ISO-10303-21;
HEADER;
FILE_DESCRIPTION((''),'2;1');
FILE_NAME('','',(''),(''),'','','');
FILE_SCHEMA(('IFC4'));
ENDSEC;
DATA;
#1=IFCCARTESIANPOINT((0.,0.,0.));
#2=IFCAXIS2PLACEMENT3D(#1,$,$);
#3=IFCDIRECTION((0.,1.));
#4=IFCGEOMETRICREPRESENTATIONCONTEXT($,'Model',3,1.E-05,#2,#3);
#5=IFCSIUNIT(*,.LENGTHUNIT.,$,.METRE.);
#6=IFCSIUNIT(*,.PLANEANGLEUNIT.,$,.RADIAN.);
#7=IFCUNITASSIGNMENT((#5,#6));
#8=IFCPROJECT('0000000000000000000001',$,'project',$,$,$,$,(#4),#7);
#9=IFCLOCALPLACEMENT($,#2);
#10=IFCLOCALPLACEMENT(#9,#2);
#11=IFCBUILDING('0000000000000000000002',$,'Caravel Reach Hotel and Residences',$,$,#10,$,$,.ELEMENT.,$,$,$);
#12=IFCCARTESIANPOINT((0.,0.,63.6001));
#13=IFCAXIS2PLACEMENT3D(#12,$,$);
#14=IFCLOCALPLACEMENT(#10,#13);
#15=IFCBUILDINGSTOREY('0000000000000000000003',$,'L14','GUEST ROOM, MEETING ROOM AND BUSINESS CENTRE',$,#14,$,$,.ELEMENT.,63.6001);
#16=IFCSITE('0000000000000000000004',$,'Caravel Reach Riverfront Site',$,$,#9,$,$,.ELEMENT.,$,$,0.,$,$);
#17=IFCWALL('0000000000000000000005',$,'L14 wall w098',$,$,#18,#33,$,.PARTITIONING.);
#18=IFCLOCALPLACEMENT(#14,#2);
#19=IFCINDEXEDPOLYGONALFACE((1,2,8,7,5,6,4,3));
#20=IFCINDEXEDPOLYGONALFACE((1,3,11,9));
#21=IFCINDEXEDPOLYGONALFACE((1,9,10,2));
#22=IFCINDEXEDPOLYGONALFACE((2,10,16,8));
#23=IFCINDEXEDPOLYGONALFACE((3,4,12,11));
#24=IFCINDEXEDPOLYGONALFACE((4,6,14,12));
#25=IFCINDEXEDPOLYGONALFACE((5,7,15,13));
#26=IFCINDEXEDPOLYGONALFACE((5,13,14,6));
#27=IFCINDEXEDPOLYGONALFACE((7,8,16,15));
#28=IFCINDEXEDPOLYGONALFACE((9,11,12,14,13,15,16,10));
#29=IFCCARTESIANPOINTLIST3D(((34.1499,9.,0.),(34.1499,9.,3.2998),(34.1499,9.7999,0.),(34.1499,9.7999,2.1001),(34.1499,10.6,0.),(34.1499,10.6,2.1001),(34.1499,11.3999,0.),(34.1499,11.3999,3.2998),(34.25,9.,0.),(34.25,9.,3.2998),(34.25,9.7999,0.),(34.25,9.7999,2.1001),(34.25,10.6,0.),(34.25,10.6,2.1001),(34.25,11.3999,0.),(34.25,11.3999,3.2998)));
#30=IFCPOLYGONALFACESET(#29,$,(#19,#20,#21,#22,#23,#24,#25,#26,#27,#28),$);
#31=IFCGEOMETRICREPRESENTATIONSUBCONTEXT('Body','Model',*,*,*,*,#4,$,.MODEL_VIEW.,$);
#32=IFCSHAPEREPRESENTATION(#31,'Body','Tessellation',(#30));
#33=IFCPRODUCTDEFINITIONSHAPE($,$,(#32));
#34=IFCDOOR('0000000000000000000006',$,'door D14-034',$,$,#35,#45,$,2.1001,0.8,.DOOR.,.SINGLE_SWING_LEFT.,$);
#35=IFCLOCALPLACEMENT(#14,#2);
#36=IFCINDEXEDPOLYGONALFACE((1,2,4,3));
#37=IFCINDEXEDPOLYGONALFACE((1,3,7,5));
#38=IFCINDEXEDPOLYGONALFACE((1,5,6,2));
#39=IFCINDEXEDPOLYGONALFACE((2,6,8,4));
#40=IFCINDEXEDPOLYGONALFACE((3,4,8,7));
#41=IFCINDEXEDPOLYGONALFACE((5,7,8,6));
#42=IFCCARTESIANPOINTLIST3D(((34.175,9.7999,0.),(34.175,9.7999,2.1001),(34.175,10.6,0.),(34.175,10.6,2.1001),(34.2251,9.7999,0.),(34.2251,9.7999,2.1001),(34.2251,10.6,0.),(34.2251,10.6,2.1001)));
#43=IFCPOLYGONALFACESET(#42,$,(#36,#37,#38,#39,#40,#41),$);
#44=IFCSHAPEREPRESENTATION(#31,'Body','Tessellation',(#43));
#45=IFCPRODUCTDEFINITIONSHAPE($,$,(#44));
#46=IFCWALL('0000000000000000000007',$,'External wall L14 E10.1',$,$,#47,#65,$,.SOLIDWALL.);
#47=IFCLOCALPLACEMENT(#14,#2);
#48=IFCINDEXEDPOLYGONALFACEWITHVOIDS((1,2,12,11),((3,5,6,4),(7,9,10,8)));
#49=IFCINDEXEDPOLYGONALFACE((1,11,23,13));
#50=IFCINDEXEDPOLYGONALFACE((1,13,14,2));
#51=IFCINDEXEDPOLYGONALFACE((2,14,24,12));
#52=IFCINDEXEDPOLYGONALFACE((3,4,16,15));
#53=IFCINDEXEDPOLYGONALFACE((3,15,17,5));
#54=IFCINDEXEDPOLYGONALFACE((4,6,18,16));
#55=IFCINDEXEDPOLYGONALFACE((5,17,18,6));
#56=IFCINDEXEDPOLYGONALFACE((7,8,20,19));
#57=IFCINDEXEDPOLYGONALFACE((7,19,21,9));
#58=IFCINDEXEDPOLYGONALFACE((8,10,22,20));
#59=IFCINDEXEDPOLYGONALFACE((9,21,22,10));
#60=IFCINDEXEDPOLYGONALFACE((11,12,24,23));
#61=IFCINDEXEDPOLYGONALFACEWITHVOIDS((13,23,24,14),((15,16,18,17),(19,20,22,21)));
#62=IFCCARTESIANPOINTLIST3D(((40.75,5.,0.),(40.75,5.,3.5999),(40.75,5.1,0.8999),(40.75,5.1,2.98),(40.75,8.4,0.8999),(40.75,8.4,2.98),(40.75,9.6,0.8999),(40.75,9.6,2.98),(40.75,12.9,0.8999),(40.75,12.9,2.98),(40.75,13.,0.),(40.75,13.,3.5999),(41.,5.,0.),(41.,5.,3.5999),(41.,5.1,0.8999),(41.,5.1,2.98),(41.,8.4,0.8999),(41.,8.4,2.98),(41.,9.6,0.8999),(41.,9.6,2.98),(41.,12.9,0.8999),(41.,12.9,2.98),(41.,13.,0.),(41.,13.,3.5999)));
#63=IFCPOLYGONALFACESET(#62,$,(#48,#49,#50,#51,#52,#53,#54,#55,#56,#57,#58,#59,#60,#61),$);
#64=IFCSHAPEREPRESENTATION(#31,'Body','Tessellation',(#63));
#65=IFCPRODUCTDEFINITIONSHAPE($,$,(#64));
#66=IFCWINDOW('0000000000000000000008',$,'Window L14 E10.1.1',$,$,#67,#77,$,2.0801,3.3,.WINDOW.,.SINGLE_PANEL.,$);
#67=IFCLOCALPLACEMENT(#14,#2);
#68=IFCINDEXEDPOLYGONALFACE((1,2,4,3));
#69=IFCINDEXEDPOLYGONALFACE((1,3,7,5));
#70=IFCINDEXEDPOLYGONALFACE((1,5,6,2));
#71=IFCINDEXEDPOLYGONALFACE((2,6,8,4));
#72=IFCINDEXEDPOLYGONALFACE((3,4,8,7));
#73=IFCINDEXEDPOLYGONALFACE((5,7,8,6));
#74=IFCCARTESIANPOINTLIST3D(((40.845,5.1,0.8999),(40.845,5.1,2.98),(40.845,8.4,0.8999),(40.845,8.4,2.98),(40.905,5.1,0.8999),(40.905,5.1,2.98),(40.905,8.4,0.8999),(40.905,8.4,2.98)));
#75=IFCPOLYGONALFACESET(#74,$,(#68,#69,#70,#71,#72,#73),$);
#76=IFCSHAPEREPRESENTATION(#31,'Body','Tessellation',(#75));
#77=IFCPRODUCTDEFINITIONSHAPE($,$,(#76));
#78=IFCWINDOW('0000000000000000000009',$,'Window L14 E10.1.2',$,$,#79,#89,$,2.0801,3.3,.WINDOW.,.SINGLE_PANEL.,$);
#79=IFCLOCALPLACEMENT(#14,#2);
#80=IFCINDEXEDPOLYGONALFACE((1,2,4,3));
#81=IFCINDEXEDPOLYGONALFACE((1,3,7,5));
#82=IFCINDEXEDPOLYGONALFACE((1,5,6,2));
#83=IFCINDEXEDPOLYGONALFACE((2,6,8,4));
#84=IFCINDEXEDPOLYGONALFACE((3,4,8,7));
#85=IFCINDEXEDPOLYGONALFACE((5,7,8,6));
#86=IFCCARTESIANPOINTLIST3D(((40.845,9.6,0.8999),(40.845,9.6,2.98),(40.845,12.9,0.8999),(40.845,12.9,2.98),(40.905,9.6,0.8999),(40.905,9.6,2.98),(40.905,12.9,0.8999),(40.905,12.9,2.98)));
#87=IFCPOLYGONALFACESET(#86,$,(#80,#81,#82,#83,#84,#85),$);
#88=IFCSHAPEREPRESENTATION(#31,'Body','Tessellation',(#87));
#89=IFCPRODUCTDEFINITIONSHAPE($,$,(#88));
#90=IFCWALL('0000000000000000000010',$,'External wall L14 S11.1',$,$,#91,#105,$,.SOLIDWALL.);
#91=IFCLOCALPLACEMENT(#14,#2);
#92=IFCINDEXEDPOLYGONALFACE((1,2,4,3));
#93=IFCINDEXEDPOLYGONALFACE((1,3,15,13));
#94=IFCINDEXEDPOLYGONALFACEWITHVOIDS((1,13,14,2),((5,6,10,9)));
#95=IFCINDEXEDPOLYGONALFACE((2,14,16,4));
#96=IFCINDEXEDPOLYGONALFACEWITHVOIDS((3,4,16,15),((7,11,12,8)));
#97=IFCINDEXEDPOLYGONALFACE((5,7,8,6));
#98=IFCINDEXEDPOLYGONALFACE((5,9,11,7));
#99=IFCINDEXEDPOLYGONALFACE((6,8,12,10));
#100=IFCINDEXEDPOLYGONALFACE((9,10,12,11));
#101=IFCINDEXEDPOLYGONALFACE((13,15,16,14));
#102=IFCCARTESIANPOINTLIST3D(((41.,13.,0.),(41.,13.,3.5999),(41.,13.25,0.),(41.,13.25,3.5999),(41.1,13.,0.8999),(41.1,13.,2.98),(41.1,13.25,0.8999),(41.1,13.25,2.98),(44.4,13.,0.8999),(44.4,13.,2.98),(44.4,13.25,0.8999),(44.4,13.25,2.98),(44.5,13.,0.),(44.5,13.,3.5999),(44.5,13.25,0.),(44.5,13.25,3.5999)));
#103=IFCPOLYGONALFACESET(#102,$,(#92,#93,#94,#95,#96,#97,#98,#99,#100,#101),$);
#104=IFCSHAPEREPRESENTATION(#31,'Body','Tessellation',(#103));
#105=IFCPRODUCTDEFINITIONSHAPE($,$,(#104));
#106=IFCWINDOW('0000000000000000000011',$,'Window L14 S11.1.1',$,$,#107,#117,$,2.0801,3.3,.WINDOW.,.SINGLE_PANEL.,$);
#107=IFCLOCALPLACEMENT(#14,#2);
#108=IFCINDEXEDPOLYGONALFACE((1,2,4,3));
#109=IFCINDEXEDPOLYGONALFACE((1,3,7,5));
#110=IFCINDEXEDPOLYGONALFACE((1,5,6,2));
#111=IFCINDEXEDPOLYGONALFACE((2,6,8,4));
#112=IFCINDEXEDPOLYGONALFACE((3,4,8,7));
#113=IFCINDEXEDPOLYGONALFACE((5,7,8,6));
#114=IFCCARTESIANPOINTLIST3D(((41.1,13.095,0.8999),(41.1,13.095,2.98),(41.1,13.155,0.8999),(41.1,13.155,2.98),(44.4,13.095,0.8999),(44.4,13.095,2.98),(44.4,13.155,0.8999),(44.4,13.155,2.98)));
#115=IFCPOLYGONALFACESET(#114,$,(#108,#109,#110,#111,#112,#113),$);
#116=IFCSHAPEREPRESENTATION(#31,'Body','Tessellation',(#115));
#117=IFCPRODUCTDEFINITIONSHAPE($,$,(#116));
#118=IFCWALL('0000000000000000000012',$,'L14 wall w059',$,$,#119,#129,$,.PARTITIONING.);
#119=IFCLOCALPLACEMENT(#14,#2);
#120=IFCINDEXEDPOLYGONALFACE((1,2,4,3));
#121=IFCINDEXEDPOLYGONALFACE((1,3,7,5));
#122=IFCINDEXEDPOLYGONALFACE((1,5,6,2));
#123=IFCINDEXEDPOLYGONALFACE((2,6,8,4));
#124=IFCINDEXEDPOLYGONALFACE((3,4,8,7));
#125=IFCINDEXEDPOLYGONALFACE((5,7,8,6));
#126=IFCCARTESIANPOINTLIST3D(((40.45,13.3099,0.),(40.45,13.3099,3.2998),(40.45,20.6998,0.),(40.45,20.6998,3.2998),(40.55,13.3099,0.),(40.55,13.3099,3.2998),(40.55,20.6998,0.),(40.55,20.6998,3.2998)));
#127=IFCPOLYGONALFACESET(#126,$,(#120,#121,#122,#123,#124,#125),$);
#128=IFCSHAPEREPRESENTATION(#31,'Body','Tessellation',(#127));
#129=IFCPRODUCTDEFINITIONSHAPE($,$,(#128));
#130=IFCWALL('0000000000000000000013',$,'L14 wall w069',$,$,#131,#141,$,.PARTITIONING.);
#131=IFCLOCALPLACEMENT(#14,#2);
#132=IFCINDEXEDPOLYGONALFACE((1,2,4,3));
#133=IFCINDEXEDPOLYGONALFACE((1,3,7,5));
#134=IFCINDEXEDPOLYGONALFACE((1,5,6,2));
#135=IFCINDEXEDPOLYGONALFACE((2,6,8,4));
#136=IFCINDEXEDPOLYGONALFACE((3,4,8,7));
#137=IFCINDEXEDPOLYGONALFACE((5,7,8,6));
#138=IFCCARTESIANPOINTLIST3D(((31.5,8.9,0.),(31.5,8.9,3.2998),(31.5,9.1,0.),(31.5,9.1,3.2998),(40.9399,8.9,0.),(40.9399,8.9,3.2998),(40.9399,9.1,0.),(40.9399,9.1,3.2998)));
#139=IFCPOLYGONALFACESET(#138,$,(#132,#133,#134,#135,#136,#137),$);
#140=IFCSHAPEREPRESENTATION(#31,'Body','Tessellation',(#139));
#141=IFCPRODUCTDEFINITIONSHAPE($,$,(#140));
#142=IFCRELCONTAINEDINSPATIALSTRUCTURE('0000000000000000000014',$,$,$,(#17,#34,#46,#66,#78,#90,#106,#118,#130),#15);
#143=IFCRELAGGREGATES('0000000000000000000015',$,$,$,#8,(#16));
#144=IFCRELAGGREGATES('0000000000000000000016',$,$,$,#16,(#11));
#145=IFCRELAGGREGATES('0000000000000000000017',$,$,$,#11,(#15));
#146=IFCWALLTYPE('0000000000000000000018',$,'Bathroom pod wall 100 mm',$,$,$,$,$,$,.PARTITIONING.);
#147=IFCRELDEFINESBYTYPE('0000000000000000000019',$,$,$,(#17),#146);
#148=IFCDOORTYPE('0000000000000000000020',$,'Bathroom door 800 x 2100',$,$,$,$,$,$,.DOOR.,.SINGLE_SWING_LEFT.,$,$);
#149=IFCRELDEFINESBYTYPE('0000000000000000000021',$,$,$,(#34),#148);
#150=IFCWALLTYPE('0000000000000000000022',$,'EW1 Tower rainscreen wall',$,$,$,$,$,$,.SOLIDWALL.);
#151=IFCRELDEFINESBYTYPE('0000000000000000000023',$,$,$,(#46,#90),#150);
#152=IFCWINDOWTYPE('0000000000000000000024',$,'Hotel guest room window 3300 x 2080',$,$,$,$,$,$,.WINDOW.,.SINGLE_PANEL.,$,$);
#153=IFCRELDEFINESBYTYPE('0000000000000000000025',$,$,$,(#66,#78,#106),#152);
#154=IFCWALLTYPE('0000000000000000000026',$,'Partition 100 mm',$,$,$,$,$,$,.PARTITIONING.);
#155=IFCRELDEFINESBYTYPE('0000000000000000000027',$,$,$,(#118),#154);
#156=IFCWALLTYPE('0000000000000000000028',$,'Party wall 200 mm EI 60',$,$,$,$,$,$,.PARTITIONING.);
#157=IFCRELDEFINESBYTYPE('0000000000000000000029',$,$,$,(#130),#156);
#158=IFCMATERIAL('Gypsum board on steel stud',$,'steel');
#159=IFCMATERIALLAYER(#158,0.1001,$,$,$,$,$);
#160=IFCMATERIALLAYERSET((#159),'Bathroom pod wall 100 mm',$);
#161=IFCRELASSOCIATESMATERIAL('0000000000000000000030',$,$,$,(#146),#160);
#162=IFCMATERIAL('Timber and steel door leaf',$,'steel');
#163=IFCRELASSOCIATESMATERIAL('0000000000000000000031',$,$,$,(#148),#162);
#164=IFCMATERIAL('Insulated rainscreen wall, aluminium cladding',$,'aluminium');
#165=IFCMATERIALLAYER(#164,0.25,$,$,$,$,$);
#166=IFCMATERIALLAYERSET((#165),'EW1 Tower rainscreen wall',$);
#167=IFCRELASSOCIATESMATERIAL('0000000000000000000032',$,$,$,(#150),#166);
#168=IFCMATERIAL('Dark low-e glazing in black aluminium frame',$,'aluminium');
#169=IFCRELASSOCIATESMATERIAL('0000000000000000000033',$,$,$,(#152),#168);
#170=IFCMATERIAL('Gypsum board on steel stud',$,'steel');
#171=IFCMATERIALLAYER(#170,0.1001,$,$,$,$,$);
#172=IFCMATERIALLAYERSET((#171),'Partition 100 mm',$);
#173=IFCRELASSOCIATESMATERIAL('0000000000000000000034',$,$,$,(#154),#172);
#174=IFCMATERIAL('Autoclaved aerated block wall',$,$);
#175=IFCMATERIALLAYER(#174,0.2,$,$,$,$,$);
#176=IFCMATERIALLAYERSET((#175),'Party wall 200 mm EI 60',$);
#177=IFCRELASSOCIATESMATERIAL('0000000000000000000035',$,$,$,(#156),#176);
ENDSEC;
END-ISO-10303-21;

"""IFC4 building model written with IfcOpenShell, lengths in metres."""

from ifc_helpers import new_model, si_unit, direction, frame, frame_2d, origin, place, context, subcontext, project, spatial, rectangle, extrude, material, layer, layer_set, type_object, element, fill, save


model = new_model("IFC4")

# Units and contexts
model_context = context("Model", 3, precision=1e-05, world=origin(), true_north=direction((0.0, 1.0)))
body_context = subcontext(model_context, "Body", "Model", "MODEL_VIEW")
ifc_project = project(units=[si_unit("LENGTHUNIT", "METRE"), si_unit("PLANEANGLEUNIT", "RADIAN")], contexts=[model_context])

# Site, building, storey
site_placement = place(None, origin())
site = spatial("IfcSite", under=ifc_project, at=site_placement, Name="Caravel Reach Riverfront Site", CompositionType="ELEMENT", RefElevation=0.0)
building_placement = place(site_placement, origin())
building = spatial("IfcBuilding", under=site, at=building_placement, Name="Caravel Reach Hotel and Residences", CompositionType="ELEMENT")
storey_placement = place(building_placement, frame((0.0, 0.0, 63.6001)))
storey = spatial("IfcBuildingStorey", under=building, at=storey_placement, Name="L14", Description="GUEST ROOM, MEETING ROOM AND BUSINESS CENTRE", CompositionType="ELEMENT", Elevation=63.6001)

# Shared definitions
ifc_material_1 = material(Name="Gypsum board on steel stud", Category="steel")
ifc_layer_1 = layer(ifc_material_1, 0.1001)
ifc_layer_set_1 = layer_set([ifc_layer_1], Name="Bathroom pod wall 100 mm")
wall_type_1 = type_object("IfcWallType", Name="Bathroom pod wall 100 mm", PredefinedType="PARTITIONING", material=ifc_layer_set_1)

# Wall, opening, door
wall_1_placement = place(storey_placement, frame((34.2, 9.0, 0.0), z_axis=(0.0, 0.0, 1.0), x_axis=(0.0, 1.0, 0.0)))
wall_1 = element("IfcWall", 1, at=wall_1_placement, inside=storey, type_object=wall_type_1, Name="L14 wall w098", PredefinedType="PARTITIONING", context=body_context, shape_type="SweptSolid", body=[
    extrude(rectangle(XDim=2.3999, YDim=0.1001, at=frame_2d((1.2, 0.0))), origin(), (0.0, 0.0, 1.0), 3.2998),
])
opening_1_placement = place(wall_1_placement, frame((0.8, 0.0, 0.0)))
opening_1 = element("IfcOpeningElement", 2, at=opening_1_placement, cuts=wall_1, PredefinedType="OPENING", context=body_context, shape_type="SweptSolid", body=[
    extrude(rectangle(XDim=0.8, YDim=2.1001, at=frame_2d((0.3999, 1.05))), frame((0.0, 0.0601, 0.0), z_axis=(0.0, -1.0, 0.0), x_axis=(1.0, 0.0, 0.0)), (0.0, 0.0, 1.0), 0.1201),
])
ifc_material_2 = material(Name="Timber and steel door leaf", Category="steel")
door_type = type_object("IfcDoorType", Name="Bathroom door 800 x 2100", OperationType="SINGLE_SWING_LEFT", PredefinedType="DOOR", material=ifc_material_2)
door_placement = place(opening_1_placement, origin())
door = element("IfcDoor", 3, at=door_placement, inside=storey, type_object=door_type, Name="door D14-034", OperationType="SINGLE_SWING_LEFT", OverallHeight=2.1001, OverallWidth=0.8, PredefinedType="DOOR", context=body_context, shape_type="SweptSolid", body=[
    extrude(rectangle(XDim=0.8, YDim=2.1001, at=frame_2d((0.3999, 1.05))), frame((0.0, 0.0249, 0.0), z_axis=(0.0, -1.0, 0.0), x_axis=(1.0, 0.0, 0.0)), (0.0, 0.0, 1.0), 0.05),
])
fill(opening_1, door)

# Wall, openings, windows
ifc_material_3 = material(Name="Insulated rainscreen wall, aluminium cladding", Category="aluminium")
ifc_layer_2 = layer(ifc_material_3, 0.25)
ifc_layer_set_2 = layer_set([ifc_layer_2], Name="EW1 Tower rainscreen wall")
wall_type_2 = type_object("IfcWallType", Name="EW1 Tower rainscreen wall", PredefinedType="SOLIDWALL", material=ifc_layer_set_2)
wall_2_placement = place(storey_placement, frame((40.875, 5.0, 0.0), z_axis=(0.0, 0.0, 1.0), x_axis=(0.0, 1.0, 0.0)))
wall_2 = element("IfcWall", 4, at=wall_2_placement, inside=storey, type_object=wall_type_2, Name="External wall L14 E10.1", PredefinedType="SOLIDWALL", context=body_context, shape_type="SweptSolid", body=[
    extrude(rectangle(XDim=8.0, YDim=0.25, at=frame_2d((4.0, 0.0))), origin(), (0.0, 0.0, 1.0), 3.5999),
])
opening_2_placement = place(wall_2_placement, frame((0.1001, 0.0, 0.8999)))
opening_2 = element("IfcOpeningElement", 5, at=opening_2_placement, cuts=wall_2, PredefinedType="OPENING", context=body_context, shape_type="SweptSolid", body=[
    extrude(rectangle(XDim=3.3, YDim=2.0801, at=frame_2d((1.6499, 1.04))), frame((0.0, 0.135, 0.0), z_axis=(0.0, -1.0, 0.0), x_axis=(1.0, 0.0, 0.0)), (0.0, 0.0, 1.0), 0.27),
])
opening_3_placement = place(wall_2_placement, frame((4.6001, 0.0, 0.8999)))
opening_3 = element("IfcOpeningElement", 6, at=opening_3_placement, cuts=wall_2, PredefinedType="OPENING", context=body_context, shape_type="SweptSolid", body=[
    extrude(rectangle(XDim=3.3, YDim=2.0801, at=frame_2d((1.6499, 1.04))), frame((0.0, 0.135, 0.0), z_axis=(0.0, -1.0, 0.0), x_axis=(1.0, 0.0, 0.0)), (0.0, 0.0, 1.0), 0.27),
])
ifc_material_4 = material(Name="Dark low-e glazing in black aluminium frame", Category="aluminium")
window_type = type_object("IfcWindowType", Name="Hotel guest room window 3300 x 2080", PartitioningType="SINGLE_PANEL", PredefinedType="WINDOW", material=ifc_material_4)
window_1_placement = place(opening_2_placement, origin())
window_1 = element("IfcWindow", 7, at=window_1_placement, inside=storey, type_object=window_type, Name="Window L14 E10.1.1", OverallHeight=2.0801, OverallWidth=3.3, PartitioningType="SINGLE_PANEL", PredefinedType="WINDOW", context=body_context, shape_type="SweptSolid", body=[
    extrude(rectangle(XDim=3.3, YDim=2.0801, at=frame_2d((1.6499, 1.04))), frame((0.0, 0.03, 0.0), z_axis=(0.0, -1.0, 0.0), x_axis=(1.0, 0.0, 0.0)), (0.0, 0.0, 1.0), 0.0601),
])
fill(opening_2, window_1)
window_2_placement = place(opening_3_placement, origin())
window_2 = element("IfcWindow", 8, at=window_2_placement, inside=storey, type_object=window_type, Name="Window L14 E10.1.2", OverallHeight=2.0801, OverallWidth=3.3, PartitioningType="SINGLE_PANEL", PredefinedType="WINDOW", context=body_context, shape_type="SweptSolid", body=[
    extrude(rectangle(XDim=3.3, YDim=2.0801, at=frame_2d((1.6499, 1.04))), frame((0.0, 0.03, 0.0), z_axis=(0.0, -1.0, 0.0), x_axis=(1.0, 0.0, 0.0)), (0.0, 0.0, 1.0), 0.0601),
])
fill(opening_3, window_2)

# Wall, opening, window
wall_3_placement = place(storey_placement, frame((41.0, 13.125, 0.0), z_axis=(0.0, 0.0, 1.0), x_axis=(1.0, 0.0, 0.0)))
wall_3 = element("IfcWall", 9, at=wall_3_placement, inside=storey, type_object=wall_type_2, Name="External wall L14 S11.1", PredefinedType="SOLIDWALL", context=body_context, shape_type="SweptSolid", body=[
    extrude(rectangle(XDim=3.5, YDim=0.25, at=frame_2d((1.75, 0.0))), origin(), (0.0, 0.0, 1.0), 3.5999),
])
opening_4_placement = place(wall_3_placement, frame((0.1001, 0.0, 0.8999)))
opening_4 = element("IfcOpeningElement", 10, at=opening_4_placement, cuts=wall_3, PredefinedType="OPENING", context=body_context, shape_type="SweptSolid", body=[
    extrude(rectangle(XDim=3.3, YDim=2.0801, at=frame_2d((1.6499, 1.04))), frame((0.0, 0.135, 0.0), z_axis=(0.0, -1.0, 0.0), x_axis=(1.0, 0.0, 0.0)), (0.0, 0.0, 1.0), 0.27),
])
window_3_placement = place(opening_4_placement, origin())
window_3 = element("IfcWindow", 11, at=window_3_placement, inside=storey, type_object=window_type, Name="Window L14 S11.1.1", OverallHeight=2.0801, OverallWidth=3.3, PartitioningType="SINGLE_PANEL", PredefinedType="WINDOW", context=body_context, shape_type="SweptSolid", body=[
    extrude(rectangle(XDim=3.3, YDim=2.0801, at=frame_2d((1.6499, 1.04))), frame((0.0, 0.03, 0.0), z_axis=(0.0, -1.0, 0.0), x_axis=(1.0, 0.0, 0.0)), (0.0, 0.0, 1.0), 0.0601),
])
fill(opening_4, window_3)

# Walls
ifc_material_5 = material(Name="Gypsum board on steel stud", Category="steel")
ifc_layer_3 = layer(ifc_material_5, 0.1001)
ifc_layer_set_3 = layer_set([ifc_layer_3], Name="Partition 100 mm")
wall_type_3 = type_object("IfcWallType", Name="Partition 100 mm", PredefinedType="PARTITIONING", material=ifc_layer_set_3)
wall_4_placement = place(storey_placement, frame((40.5, 13.3101, 0.0), z_axis=(0.0, 0.0, 1.0), x_axis=(0.0, 1.0, 0.0)))
element("IfcWall", 12, at=wall_4_placement, inside=storey, type_object=wall_type_3, Name="L14 wall w059", PredefinedType="PARTITIONING", context=body_context, shape_type="SweptSolid", body=[
    extrude(rectangle(XDim=7.3899, YDim=0.1001, at=frame_2d((3.6948, 0.0))), origin(), (0.0, 0.0, 1.0), 3.2998),
])
ifc_material_6 = material(Name="Autoclaved aerated block wall")
ifc_layer_4 = layer(ifc_material_6, 0.2)
ifc_layer_set_4 = layer_set([ifc_layer_4], Name="Party wall 200 mm EI 60")
wall_type_4 = type_object("IfcWallType", Name="Party wall 200 mm EI 60", PredefinedType="PARTITIONING", material=ifc_layer_set_4)
wall_5_placement = place(storey_placement, frame((31.5, 9.0, 0.0), z_axis=(0.0, 0.0, 1.0), x_axis=(1.0, 0.0, 0.0)))
element("IfcWall", 13, at=wall_5_placement, inside=storey, type_object=wall_type_4, Name="L14 wall w069", PredefinedType="PARTITIONING", context=body_context, shape_type="SweptSolid", body=[
    extrude(rectangle(XDim=9.4399, YDim=0.2, at=frame_2d((4.72, 0.0))), origin(), (0.0, 0.0, 1.0), 3.2998),
])

save(model, "model.ifc")
